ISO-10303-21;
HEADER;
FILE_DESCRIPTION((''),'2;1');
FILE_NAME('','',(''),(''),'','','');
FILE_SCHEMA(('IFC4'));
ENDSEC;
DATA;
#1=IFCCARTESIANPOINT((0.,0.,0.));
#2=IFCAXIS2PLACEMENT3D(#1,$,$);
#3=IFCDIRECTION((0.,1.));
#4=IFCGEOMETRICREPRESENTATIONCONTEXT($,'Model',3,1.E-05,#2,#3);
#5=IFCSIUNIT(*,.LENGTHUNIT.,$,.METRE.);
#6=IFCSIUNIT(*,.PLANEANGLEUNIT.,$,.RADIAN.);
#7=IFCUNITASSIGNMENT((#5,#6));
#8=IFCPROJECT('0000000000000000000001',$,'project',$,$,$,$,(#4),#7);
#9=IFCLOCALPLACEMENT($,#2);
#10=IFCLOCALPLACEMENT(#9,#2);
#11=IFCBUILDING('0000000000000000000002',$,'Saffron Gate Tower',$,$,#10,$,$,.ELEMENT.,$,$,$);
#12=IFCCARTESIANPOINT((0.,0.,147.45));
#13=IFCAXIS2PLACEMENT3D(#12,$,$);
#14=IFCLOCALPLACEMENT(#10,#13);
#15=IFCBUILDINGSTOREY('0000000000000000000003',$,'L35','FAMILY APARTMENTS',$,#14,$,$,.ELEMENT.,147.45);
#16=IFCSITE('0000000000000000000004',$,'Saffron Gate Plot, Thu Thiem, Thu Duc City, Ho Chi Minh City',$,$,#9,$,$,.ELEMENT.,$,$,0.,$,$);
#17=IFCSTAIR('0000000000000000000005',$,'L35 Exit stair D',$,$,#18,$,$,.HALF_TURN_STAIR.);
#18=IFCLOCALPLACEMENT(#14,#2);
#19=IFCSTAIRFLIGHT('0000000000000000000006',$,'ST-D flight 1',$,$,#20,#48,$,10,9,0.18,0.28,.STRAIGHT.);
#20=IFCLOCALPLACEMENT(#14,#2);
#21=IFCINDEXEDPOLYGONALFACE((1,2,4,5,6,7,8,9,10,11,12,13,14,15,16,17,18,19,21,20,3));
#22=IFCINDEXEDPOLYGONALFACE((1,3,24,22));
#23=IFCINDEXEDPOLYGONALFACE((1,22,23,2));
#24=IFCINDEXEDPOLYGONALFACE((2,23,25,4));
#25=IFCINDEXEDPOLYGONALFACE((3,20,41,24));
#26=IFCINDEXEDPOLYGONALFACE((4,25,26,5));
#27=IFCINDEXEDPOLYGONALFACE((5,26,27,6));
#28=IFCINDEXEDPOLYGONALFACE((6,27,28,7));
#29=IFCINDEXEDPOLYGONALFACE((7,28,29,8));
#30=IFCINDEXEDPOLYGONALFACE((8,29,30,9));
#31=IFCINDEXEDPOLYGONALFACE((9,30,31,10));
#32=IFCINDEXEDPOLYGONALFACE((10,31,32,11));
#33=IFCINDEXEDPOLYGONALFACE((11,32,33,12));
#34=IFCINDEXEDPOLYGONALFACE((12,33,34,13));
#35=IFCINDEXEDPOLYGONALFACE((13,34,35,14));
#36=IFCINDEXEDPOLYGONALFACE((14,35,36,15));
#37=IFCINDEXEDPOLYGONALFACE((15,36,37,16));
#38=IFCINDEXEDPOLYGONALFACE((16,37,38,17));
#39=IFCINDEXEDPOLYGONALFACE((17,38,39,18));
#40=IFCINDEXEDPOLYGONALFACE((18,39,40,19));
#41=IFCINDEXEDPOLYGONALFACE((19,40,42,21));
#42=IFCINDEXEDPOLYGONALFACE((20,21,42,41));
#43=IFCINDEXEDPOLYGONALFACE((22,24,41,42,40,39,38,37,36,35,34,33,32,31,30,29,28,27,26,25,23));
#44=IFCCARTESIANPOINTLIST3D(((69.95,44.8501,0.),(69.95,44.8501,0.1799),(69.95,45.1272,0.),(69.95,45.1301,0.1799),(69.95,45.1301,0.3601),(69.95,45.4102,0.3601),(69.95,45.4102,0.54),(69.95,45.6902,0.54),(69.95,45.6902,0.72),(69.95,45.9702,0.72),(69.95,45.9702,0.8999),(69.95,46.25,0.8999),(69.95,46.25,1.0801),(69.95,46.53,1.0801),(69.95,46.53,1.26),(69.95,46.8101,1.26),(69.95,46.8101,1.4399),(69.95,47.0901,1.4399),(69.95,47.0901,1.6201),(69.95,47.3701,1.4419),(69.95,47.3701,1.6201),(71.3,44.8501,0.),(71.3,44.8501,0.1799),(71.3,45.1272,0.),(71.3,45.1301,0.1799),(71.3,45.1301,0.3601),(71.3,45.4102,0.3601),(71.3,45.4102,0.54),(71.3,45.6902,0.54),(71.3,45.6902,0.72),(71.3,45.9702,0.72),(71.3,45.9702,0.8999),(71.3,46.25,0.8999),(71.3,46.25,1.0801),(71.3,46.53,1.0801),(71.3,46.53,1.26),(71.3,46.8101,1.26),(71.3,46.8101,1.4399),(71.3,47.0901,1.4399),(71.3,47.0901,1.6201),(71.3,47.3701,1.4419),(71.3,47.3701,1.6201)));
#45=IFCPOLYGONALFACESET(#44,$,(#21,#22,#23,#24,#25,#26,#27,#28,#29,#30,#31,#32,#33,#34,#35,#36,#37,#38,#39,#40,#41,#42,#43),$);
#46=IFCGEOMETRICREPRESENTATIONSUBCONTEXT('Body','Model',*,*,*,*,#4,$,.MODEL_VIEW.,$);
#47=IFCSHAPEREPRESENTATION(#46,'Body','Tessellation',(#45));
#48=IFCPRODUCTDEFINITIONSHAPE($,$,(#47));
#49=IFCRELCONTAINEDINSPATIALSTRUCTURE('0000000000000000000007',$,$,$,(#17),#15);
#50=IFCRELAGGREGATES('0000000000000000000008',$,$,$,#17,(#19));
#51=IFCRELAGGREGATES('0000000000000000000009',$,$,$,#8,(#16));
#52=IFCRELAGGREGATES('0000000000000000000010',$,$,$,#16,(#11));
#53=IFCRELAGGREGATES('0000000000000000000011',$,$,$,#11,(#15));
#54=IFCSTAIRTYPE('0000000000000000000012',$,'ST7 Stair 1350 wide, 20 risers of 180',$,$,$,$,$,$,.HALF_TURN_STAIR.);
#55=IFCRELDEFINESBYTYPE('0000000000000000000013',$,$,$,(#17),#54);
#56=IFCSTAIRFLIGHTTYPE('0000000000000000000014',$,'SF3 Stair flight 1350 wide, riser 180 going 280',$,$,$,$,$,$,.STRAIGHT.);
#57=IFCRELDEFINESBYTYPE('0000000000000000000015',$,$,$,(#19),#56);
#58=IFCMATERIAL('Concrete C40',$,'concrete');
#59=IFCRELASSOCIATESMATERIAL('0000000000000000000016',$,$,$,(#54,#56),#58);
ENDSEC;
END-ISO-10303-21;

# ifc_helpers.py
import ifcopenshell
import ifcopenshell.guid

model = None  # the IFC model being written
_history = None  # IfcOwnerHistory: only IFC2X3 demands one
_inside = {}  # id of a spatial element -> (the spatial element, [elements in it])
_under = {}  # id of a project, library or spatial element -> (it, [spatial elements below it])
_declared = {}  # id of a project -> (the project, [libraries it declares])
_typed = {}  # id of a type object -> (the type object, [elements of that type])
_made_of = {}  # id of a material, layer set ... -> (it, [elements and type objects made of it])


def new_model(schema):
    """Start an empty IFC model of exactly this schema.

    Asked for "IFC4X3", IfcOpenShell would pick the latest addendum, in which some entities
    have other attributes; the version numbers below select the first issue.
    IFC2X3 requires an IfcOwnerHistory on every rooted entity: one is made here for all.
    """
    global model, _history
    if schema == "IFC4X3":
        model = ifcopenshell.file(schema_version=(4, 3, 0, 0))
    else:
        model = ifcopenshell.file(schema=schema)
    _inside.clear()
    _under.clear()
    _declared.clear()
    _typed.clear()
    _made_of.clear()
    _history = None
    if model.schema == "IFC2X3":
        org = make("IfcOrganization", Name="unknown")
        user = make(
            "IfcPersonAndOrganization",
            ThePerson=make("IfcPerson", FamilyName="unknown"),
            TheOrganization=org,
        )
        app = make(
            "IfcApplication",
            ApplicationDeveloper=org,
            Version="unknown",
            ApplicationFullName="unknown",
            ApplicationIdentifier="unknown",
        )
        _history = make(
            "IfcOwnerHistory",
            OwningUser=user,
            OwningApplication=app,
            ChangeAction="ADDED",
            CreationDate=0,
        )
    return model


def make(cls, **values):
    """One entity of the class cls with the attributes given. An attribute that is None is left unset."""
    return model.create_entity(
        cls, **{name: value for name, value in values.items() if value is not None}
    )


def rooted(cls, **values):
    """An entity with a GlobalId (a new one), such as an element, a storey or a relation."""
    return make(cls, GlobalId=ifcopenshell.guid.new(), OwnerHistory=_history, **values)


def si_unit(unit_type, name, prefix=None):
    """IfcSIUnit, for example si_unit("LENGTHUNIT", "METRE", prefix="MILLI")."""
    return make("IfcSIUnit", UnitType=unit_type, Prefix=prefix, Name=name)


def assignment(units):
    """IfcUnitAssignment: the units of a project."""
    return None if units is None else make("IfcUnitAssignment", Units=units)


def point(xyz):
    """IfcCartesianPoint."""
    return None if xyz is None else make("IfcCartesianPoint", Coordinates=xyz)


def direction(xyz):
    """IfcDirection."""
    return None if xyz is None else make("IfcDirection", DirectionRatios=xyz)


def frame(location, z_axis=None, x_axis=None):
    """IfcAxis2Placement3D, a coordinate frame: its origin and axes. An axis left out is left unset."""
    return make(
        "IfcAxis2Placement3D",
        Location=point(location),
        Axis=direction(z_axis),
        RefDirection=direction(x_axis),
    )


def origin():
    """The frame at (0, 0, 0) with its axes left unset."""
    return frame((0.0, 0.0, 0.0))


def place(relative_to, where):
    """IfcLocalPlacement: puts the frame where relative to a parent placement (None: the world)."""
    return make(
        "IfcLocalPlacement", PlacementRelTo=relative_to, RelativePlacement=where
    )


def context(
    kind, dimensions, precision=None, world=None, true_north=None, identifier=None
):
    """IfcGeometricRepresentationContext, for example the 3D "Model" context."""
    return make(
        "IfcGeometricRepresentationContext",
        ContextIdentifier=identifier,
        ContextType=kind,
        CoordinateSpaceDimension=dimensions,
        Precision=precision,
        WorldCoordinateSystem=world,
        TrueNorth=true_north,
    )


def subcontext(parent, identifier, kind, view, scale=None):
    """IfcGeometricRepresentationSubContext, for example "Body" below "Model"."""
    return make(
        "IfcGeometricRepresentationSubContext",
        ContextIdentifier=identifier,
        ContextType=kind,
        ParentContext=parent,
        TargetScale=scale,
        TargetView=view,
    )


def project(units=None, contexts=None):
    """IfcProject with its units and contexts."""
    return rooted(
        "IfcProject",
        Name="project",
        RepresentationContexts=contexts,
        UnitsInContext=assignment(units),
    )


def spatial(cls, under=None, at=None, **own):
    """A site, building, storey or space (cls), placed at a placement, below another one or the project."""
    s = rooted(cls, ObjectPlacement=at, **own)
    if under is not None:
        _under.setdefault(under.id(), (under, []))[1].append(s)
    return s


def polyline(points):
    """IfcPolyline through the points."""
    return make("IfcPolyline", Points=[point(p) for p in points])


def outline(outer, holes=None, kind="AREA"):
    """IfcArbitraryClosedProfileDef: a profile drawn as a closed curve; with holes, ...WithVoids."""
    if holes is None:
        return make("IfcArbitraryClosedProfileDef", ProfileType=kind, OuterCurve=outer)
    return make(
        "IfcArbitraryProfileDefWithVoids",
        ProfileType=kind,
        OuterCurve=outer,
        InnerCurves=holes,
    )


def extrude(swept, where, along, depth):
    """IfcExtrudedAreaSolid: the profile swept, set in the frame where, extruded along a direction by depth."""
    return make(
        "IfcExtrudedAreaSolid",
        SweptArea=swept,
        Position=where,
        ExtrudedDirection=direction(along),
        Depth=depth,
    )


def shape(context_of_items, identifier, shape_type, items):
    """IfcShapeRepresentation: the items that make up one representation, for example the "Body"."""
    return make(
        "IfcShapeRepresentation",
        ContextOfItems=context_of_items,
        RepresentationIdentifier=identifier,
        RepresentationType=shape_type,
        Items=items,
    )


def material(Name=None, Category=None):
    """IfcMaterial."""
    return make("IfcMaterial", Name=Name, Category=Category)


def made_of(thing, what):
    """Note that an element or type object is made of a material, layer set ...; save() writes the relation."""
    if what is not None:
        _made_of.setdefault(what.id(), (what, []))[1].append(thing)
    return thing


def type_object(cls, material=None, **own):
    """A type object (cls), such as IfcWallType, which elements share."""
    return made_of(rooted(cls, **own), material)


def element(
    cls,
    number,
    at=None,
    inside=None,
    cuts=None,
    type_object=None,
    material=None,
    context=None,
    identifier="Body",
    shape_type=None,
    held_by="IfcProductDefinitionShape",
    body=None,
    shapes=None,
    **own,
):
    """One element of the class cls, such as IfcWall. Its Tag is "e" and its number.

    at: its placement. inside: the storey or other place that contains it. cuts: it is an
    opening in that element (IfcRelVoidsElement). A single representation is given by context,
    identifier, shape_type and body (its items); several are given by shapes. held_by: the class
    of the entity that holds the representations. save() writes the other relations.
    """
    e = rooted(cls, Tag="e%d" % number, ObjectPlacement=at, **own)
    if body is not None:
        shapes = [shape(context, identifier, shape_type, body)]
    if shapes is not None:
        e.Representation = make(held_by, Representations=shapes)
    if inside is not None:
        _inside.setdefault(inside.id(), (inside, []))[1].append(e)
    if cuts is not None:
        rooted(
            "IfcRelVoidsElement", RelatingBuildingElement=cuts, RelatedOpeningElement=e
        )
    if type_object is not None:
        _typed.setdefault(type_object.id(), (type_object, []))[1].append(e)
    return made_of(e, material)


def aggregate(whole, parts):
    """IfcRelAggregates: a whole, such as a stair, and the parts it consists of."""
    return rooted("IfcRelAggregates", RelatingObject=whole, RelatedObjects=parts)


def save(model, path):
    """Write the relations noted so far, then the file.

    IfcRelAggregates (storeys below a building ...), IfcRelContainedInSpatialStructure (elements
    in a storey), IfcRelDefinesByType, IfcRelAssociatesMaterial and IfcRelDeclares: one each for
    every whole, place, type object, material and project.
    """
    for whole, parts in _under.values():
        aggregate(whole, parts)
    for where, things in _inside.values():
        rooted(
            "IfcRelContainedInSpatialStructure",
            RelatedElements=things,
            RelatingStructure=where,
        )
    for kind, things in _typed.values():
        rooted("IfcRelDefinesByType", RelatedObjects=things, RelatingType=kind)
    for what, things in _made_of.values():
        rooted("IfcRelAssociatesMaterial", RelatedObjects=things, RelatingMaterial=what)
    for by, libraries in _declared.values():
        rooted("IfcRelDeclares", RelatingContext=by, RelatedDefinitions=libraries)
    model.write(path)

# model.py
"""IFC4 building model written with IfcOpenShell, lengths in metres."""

from ifc_helpers import new_model, si_unit, direction, frame, origin, place, context, subcontext, project, spatial, polyline, outline, extrude, material, type_object, element, aggregate, save


model = new_model("IFC4")

# Units and contexts
model_context = context("Model", 3, precision=1e-05, world=origin(), true_north=direction((0.0, 1.0)))
body_context = subcontext(model_context, "Body", "Model", "MODEL_VIEW")
ifc_project = project(units=[si_unit("LENGTHUNIT", "METRE"), si_unit("PLANEANGLEUNIT", "RADIAN")], contexts=[model_context])

# Site, building, storey
site_placement = place(None, origin())
site = spatial("IfcSite", under=ifc_project, at=site_placement, Name="Saffron Gate Plot, Thu Thiem, Thu Duc City, Ho Chi Minh City", CompositionType="ELEMENT", RefElevation=0.0)
building_placement = place(site_placement, origin())
building = spatial("IfcBuilding", under=site, at=building_placement, Name="Saffron Gate Tower", CompositionType="ELEMENT")
storey_placement = place(building_placement, frame((0.0, 0.0, 147.45)))
storey = spatial("IfcBuildingStorey", under=building, at=storey_placement, Name="L35", Description="FAMILY APARTMENTS", CompositionType="ELEMENT", Elevation=147.45)

# Stair, stair flight
ifc_material_1 = material(Name="Concrete C40", Category="concrete")
stair_type = type_object("IfcStairType", Name="ST7 Stair 1350 wide, 20 risers of 180", PredefinedType="HALF_TURN_STAIR", material=ifc_material_1)
stair_placement = place(storey_placement, origin())
stair = element("IfcStair", 1, at=stair_placement, inside=storey, type_object=stair_type, Name="L35 Exit stair D", PredefinedType="HALF_TURN_STAIR")
stair_flight_type = type_object("IfcStairFlightType", Name="SF3 Stair flight 1350 wide, riser 180 going 280", PredefinedType="STRAIGHT", material=ifc_material_1)
stair_flight_placement = place(storey_placement, frame((70.625, 44.8501, 0.0), z_axis=(0.0, 0.0, 1.0), x_axis=(0.0, 1.0, 0.0)))
stair_flight = element("IfcStairFlight", 2, at=stair_flight_placement, type_object=stair_flight_type, Name="ST-D flight 1", NumberOfRisers=10, NumberOfTreads=9, PredefinedType="STRAIGHT", RiserHeight=0.18, TreadLength=0.28, context=body_context, shape_type="SweptSolid", body=[
    extrude(outline(polyline([(0.0, 0.0), (0.0, 0.1799), (0.28, 0.1799), (0.28, 0.3601), (0.5601, 0.3601), (0.5601, 0.54), (0.8401, 0.54), (0.8401, 0.72), (1.1201, 0.72), (1.1201, 0.8999), (1.3999, 0.8999), (1.3999, 1.0801), (1.6799, 1.0801), (1.6799, 1.26), (1.96, 1.26), (1.96, 1.4399), (2.24, 1.4399), (2.24, 1.6201), (2.52, 1.6201), (2.52, 1.8), (2.52, 1.4419), (0.2771, 0.0), (0.0, 0.0)])), frame((0.0, 0.675, 0.0), z_axis=(0.0, -1.0, 0.0), x_axis=(1.0, 0.0, 0.0)), (0.0, 0.0, 1.0), 1.3501),
])
aggregate(stair, [stair_flight])

save(model, "model.ifc")
